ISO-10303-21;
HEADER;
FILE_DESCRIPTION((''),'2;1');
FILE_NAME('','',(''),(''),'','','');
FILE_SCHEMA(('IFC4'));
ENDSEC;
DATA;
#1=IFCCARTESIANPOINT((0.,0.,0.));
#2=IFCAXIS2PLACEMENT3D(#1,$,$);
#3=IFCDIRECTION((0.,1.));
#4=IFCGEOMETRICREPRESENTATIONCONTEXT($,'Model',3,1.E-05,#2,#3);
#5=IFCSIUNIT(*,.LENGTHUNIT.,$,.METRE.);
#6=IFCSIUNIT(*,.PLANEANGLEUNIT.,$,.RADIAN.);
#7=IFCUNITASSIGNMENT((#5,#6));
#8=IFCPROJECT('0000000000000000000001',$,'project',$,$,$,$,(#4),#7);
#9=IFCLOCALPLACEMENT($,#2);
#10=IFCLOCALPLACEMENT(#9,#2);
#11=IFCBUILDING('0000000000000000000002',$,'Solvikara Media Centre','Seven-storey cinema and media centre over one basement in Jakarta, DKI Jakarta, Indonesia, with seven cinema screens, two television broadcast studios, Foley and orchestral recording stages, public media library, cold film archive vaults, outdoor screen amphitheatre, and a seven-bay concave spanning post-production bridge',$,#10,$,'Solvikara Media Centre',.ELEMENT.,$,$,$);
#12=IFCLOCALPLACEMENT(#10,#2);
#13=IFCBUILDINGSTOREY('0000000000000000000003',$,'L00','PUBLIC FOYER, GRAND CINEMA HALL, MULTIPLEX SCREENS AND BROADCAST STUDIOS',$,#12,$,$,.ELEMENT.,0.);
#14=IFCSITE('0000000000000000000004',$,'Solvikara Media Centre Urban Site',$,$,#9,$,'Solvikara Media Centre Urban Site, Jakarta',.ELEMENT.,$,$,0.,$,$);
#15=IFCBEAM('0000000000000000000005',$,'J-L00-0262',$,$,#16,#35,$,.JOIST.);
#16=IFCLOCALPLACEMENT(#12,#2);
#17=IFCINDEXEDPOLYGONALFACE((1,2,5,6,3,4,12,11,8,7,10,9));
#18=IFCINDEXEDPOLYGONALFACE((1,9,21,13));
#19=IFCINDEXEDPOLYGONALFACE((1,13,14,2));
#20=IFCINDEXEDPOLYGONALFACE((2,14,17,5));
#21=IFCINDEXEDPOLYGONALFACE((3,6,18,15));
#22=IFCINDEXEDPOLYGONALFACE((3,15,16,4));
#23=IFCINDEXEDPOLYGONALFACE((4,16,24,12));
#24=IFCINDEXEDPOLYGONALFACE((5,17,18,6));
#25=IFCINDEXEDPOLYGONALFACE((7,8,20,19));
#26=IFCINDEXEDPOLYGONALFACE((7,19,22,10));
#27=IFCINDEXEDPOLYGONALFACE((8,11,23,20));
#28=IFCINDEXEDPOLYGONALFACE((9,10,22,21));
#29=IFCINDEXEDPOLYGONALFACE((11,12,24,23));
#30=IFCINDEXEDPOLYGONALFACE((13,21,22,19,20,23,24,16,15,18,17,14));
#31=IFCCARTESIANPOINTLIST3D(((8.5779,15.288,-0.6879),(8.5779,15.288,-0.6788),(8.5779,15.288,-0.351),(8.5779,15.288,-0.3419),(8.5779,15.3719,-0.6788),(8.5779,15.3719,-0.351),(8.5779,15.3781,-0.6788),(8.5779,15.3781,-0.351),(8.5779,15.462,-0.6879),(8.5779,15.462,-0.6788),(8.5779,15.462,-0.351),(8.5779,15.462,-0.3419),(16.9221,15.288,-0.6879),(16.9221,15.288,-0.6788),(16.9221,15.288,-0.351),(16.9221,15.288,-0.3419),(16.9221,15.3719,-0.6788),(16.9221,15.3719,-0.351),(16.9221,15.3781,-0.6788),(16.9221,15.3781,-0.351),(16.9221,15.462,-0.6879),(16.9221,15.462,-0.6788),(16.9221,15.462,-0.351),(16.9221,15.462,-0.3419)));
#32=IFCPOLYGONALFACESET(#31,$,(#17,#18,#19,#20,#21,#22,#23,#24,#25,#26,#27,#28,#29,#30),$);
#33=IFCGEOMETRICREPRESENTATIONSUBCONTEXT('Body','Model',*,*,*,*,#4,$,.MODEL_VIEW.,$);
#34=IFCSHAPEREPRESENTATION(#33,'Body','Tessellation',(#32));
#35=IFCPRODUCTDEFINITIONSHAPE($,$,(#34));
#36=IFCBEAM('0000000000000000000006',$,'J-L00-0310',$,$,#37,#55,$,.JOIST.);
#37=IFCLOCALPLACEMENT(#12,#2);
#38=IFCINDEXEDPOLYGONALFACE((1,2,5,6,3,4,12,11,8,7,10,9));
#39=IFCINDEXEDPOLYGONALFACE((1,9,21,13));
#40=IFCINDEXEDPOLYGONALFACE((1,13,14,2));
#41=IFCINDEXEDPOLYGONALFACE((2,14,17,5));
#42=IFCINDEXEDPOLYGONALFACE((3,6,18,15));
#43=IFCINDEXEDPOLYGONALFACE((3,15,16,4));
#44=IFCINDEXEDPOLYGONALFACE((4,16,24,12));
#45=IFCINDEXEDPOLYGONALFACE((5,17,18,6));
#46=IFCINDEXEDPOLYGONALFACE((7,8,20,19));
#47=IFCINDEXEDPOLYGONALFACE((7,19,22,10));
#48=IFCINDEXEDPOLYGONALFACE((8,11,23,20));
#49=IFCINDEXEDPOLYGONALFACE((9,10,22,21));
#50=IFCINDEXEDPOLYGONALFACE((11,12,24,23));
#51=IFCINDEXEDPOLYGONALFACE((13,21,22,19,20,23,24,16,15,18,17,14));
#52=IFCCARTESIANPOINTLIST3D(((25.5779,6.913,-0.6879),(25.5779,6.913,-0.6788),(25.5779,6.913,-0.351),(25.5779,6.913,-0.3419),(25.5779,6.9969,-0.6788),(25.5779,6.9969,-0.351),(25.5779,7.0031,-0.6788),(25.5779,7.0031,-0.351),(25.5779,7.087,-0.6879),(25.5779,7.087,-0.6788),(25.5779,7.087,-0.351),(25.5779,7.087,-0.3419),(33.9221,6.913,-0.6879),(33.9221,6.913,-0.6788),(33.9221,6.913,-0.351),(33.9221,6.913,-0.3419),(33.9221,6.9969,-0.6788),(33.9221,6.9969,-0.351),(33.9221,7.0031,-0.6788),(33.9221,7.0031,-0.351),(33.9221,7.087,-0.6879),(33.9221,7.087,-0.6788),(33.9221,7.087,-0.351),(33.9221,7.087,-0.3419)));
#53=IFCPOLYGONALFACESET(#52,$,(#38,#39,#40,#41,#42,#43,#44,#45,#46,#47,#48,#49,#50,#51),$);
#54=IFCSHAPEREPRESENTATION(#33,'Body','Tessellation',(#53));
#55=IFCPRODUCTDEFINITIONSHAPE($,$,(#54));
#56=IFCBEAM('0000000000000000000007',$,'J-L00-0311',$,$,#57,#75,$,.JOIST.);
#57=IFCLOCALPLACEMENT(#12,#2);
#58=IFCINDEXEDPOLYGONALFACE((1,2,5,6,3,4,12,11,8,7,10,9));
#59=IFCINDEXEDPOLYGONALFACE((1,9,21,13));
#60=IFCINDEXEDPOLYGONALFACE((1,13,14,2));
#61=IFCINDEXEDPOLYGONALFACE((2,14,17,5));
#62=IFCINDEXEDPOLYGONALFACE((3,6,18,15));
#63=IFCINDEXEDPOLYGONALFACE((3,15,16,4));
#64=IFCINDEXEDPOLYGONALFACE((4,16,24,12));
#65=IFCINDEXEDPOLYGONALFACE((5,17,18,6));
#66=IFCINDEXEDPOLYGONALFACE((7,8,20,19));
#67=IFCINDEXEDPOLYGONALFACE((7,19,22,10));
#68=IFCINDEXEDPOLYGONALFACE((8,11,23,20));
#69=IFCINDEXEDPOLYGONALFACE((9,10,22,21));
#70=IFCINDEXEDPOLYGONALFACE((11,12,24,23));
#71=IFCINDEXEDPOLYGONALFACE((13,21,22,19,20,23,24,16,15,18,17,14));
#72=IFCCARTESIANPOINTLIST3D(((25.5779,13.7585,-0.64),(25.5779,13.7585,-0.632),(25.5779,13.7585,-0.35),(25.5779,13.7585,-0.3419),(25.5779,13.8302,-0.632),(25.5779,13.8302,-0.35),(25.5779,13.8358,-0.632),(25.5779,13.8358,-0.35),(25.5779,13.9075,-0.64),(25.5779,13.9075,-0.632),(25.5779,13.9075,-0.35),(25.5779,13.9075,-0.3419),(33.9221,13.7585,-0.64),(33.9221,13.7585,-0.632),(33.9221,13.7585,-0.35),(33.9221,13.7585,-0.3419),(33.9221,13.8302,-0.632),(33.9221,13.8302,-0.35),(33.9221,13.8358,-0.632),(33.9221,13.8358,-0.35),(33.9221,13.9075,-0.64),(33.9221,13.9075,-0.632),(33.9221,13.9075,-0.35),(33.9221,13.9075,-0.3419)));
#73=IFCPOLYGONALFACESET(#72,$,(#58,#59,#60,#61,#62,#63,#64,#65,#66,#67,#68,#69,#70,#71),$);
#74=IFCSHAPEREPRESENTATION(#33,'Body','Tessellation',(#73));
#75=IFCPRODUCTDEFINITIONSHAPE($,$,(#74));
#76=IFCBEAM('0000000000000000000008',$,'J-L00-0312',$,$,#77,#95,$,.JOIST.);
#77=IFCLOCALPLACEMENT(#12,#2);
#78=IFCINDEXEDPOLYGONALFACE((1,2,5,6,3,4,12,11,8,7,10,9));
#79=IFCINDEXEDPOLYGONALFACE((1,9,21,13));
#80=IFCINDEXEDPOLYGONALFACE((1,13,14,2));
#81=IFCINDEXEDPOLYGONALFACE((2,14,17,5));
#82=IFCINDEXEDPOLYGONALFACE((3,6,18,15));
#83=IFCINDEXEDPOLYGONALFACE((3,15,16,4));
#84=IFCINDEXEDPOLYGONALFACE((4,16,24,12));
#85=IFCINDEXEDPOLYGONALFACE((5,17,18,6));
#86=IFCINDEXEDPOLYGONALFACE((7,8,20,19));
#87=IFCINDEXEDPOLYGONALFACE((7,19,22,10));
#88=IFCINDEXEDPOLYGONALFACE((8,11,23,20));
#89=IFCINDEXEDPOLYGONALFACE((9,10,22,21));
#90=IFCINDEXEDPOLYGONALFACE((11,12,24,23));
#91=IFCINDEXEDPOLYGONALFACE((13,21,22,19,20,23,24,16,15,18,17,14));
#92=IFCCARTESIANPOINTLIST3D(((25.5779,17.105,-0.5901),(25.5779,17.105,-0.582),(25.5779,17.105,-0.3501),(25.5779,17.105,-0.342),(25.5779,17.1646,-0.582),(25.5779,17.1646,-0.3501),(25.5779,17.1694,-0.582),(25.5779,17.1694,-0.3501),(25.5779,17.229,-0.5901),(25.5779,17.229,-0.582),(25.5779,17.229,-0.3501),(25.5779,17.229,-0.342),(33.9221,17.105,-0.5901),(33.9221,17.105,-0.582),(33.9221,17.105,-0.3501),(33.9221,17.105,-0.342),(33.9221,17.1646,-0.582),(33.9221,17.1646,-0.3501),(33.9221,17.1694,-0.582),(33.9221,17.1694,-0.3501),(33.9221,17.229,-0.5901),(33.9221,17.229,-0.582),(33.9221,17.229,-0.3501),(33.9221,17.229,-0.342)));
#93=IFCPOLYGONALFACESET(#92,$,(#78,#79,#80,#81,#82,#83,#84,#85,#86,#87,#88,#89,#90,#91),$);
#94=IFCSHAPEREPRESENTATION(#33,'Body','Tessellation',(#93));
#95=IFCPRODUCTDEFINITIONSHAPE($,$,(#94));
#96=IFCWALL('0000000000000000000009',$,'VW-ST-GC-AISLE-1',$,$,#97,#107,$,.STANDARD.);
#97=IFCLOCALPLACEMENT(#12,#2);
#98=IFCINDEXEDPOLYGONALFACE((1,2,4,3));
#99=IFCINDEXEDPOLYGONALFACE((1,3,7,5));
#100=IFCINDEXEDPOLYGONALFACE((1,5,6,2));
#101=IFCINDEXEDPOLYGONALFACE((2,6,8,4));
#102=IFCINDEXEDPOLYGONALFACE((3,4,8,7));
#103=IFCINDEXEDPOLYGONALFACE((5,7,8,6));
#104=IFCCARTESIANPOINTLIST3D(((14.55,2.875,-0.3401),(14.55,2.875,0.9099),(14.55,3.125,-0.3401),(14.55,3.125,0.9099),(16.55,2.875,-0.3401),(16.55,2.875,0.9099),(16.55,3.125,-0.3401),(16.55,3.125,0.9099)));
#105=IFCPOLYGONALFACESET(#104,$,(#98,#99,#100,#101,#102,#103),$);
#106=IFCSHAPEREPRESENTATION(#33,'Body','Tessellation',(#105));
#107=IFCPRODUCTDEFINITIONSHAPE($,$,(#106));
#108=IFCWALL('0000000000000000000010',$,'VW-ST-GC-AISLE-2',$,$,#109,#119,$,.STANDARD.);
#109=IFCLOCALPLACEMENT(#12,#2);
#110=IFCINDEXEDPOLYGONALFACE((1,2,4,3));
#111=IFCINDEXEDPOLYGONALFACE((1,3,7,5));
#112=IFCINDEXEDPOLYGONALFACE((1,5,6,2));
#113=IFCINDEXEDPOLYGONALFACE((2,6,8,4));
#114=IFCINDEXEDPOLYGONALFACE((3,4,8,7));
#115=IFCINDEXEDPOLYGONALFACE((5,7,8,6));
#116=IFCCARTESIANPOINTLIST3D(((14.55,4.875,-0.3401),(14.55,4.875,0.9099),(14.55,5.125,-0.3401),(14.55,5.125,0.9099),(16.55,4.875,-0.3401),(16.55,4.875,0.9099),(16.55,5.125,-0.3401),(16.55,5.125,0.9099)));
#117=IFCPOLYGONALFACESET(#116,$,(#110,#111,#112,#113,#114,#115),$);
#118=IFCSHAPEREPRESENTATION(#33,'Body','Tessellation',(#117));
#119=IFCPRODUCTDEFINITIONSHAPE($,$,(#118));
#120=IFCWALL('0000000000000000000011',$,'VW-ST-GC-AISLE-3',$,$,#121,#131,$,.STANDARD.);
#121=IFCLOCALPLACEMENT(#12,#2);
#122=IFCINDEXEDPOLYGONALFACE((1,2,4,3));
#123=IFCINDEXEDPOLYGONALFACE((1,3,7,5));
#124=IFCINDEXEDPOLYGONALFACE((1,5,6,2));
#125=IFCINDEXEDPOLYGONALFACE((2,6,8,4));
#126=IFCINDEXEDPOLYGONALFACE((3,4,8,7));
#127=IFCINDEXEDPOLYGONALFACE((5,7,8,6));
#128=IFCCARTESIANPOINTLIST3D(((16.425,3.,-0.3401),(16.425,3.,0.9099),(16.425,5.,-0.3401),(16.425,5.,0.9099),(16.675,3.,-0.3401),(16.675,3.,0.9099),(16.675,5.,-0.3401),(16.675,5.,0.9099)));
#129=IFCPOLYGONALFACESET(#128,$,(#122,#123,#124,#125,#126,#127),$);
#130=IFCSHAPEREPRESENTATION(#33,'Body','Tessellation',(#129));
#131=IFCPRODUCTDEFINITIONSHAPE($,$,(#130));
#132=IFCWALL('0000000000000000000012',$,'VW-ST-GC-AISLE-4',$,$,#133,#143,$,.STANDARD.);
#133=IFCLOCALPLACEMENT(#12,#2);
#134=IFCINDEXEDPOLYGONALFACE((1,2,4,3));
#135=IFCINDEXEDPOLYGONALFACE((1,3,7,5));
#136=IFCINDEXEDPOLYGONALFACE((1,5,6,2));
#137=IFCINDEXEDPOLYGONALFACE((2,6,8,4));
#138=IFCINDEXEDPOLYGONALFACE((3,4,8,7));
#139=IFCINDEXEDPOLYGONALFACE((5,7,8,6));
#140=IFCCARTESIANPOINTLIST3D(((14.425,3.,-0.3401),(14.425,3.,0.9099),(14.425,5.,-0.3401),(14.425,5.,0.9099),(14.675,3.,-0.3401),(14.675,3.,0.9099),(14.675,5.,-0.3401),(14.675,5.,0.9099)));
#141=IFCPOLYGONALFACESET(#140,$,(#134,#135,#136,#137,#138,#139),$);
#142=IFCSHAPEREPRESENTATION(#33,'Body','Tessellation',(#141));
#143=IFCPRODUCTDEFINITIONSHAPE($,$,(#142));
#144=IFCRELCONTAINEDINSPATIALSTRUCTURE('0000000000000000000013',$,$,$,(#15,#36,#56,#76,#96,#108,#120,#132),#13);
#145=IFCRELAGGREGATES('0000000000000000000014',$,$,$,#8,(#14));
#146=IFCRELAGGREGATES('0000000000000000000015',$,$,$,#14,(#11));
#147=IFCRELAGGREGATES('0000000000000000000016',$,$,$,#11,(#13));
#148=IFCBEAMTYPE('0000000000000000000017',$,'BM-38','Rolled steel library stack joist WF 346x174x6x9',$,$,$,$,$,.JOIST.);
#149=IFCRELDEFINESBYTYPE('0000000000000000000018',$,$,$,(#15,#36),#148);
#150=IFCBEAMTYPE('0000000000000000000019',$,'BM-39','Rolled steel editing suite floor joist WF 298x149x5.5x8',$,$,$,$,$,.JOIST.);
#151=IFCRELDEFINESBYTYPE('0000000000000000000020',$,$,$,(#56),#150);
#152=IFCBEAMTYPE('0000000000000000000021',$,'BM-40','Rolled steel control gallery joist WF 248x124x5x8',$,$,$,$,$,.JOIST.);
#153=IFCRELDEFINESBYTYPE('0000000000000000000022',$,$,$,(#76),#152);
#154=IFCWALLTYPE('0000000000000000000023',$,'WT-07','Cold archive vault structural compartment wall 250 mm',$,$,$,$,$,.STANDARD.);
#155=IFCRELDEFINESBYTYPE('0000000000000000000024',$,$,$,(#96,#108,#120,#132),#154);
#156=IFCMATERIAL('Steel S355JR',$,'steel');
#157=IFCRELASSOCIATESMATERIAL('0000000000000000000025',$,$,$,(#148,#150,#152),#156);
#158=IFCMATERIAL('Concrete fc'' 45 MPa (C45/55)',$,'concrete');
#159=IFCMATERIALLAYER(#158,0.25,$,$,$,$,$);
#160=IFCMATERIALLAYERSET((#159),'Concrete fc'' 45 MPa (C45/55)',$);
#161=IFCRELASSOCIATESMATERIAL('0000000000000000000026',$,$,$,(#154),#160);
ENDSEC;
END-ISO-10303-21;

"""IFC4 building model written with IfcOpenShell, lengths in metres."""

from ifc_helpers import new_model, si_unit, direction, frame, frame_2d, origin, origin_2d, place, context, subcontext, project, spatial, rectangle, i_section, extrude, material, layer, layer_set, material_profile, profile_set, type_object, element, save


model = new_model("IFC4")

# Units and contexts
model_context = context("Model", 3, precision=1e-05, world=origin(), true_north=direction((0.0, 1.0)))
body_context = subcontext(model_context, "Body", "Model", "MODEL_VIEW")
ifc_project = project(units=[si_unit("LENGTHUNIT", "METRE"), si_unit("PLANEANGLEUNIT", "RADIAN")], contexts=[model_context])

# Site, building, storey
site_placement = place(None, origin())
site = spatial("IfcSite", under=ifc_project, at=site_placement, Name="Solvikara Media Centre Urban Site", LongName="Solvikara Media Centre Urban Site, Jakarta", CompositionType="ELEMENT", RefElevation=0.0)
building_placement = place(site_placement, origin())
building = spatial("IfcBuilding", under=site, at=building_placement, Name="Solvikara Media Centre", Description="Seven-storey cinema and media centre over one basement in Jakarta, DKI Jakarta, Indonesia, with seven cinema screens, two television broadcast studios, Foley and orchestral recording stages, public media library, cold film archive vaults, outdoor screen amphitheatre, and a seven-bay concave spanning post-production bridge", LongName="Solvikara Media Centre", CompositionType="ELEMENT")
storey_placement = place(building_placement, origin())
storey = spatial("IfcBuildingStorey", under=building, at=storey_placement, Name="L00", Description="PUBLIC FOYER, GRAND CINEMA HALL, MULTIPLEX SCREENS AND BROADCAST STUDIOS", CompositionType="ELEMENT", Elevation=0.0)

# Shared definitions
ifc_material_1 = material(Name="Concrete fc' 45 MPa (C45/55)", Category="concrete")

# Beams
ifc_material_2 = material(Name="Steel S355JR", Category="steel")
ifc_material_profile_1 = material_profile(ifc_material_2, i_section(OverallWidth=0.1741, OverallDepth=0.3459, WebThickness=0.0061, FlangeThickness=0.009, at=origin_2d()), Name="WF 346x174x6x9")
ifc_profile_set_1 = profile_set([ifc_material_profile_1], Name="Steel S355JR")
beam_type_1 = type_object("IfcBeamType", Name="BM-38", Description="Rolled steel library stack joist WF 346x174x6x9", PredefinedType="JOIST", material=ifc_profile_set_1)
for number, where, z_axis, x_axis, name in (
    (1, (8.5779, 15.375, -0.5149), (1.0, 0.0, 0.0), (0.0, 1.0, 0.0), "J-L00-0262"),
    (2, (25.5779, 7.0, -0.5149), (1.0, 0.0, 0.0), (0.0, 1.0, 0.0), "J-L00-0310"),
):
    element("IfcBeam", number, at=place(storey_placement, frame(where, z_axis=z_axis, x_axis=x_axis)), inside=storey, type_object=beam_type_1, Name=name, PredefinedType="JOIST", context=body_context, shape_type="SweptSolid", body=[
        extrude(i_section(OverallWidth=0.1741, OverallDepth=0.3459, WebThickness=0.0061, FlangeThickness=0.009, at=origin_2d()), origin(), (0.0, 0.0, 1.0), 8.3442),
    ])
ifc_material_profile_2 = material_profile(ifc_material_2, i_section(OverallWidth=0.1489, OverallDepth=0.2981, WebThickness=0.0056, FlangeThickness=0.0081, at=origin_2d()), Name="WF 298x149x5.5x8")
ifc_profile_set_2 = profile_set([ifc_material_profile_2], Name="Steel S355JR")
beam_type_2 = type_object("IfcBeamType", Name="BM-39", Description="Rolled steel editing suite floor joist WF 298x149x5.5x8", PredefinedType="JOIST", material=ifc_profile_set_2)
beam_1_placement = place(storey_placement, frame((25.5779, 13.833, -0.491), z_axis=(1.0, 0.0, 0.0), x_axis=(0.0, 1.0, 0.0)))
element("IfcBeam", 3, at=beam_1_placement, inside=storey, type_object=beam_type_2, Name="J-L00-0311", PredefinedType="JOIST", context=body_context, shape_type="SweptSolid", body=[
    extrude(i_section(OverallWidth=0.1489, OverallDepth=0.2981, WebThickness=0.0056, FlangeThickness=0.0081, at=origin_2d()), origin(), (0.0, 0.0, 1.0), 8.3442),
])
ifc_material_profile_3 = material_profile(ifc_material_2, i_section(OverallWidth=0.124, OverallDepth=0.248, WebThickness=0.0049, FlangeThickness=0.0081, at=origin_2d()), Name="WF 248x124x5x8")
ifc_profile_set_3 = profile_set([ifc_material_profile_3], Name="Steel S355JR")
beam_type_3 = type_object("IfcBeamType", Name="BM-40", Description="Rolled steel control gallery joist WF 248x124x5x8", PredefinedType="JOIST", material=ifc_profile_set_3)
beam_2_placement = place(storey_placement, frame((25.5779, 17.167, -0.4661), z_axis=(1.0, 0.0, 0.0), x_axis=(0.0, 1.0, 0.0)))
element("IfcBeam", 4, at=beam_2_placement, inside=storey, type_object=beam_type_3, Name="J-L00-0312", PredefinedType="JOIST", context=body_context, shape_type="SweptSolid", body=[
    extrude(i_section(OverallWidth=0.124, OverallDepth=0.248, WebThickness=0.0049, FlangeThickness=0.0081, at=origin_2d()), origin(), (0.0, 0.0, 1.0), 8.3442),
])

# Walls
ifc_layer_1 = layer(ifc_material_1, 0.25)
ifc_layer_set_1 = layer_set([ifc_layer_1], Name="Concrete fc' 45 MPa (C45/55)")
wall_type_1 = type_object("IfcWallType", Name="WT-07", Description="Cold archive vault structural compartment wall 250 mm", PredefinedType="STANDARD", material=ifc_layer_set_1)
for number, where, z_axis, x_axis, name in (
    (5, (14.55, 3.0, -0.3401), (0.0, 0.0, 1.0), (1.0, 0.0, 0.0), "VW-ST-GC-AISLE-1"),
    (6, (14.55, 5.0, -0.3401), (0.0, 0.0, 1.0), (1.0, 0.0, 0.0), "VW-ST-GC-AISLE-2"),
    (7, (16.55, 3.0, -0.3401), (0.0, 0.0, 1.0), (0.0, 1.0, 0.0), "VW-ST-GC-AISLE-3"),
    (8, (14.55, 3.0, -0.3401), (0.0, 0.0, 1.0), (0.0, 1.0, 0.0), "VW-ST-GC-AISLE-4"),
):
    element("IfcWall", number, at=place(storey_placement, frame(where, z_axis=z_axis, x_axis=x_axis)), inside=storey, type_object=wall_type_1, Name=name, PredefinedType="STANDARD", context=body_context, shape_type="SweptSolid", body=[
        extrude(rectangle(XDim=2.0, YDim=0.25, at=frame_2d((1.0, 0.0))), origin(), (0.0, 0.0, 1.0), 1.25),
    ])

save(model, "model.ifc")
